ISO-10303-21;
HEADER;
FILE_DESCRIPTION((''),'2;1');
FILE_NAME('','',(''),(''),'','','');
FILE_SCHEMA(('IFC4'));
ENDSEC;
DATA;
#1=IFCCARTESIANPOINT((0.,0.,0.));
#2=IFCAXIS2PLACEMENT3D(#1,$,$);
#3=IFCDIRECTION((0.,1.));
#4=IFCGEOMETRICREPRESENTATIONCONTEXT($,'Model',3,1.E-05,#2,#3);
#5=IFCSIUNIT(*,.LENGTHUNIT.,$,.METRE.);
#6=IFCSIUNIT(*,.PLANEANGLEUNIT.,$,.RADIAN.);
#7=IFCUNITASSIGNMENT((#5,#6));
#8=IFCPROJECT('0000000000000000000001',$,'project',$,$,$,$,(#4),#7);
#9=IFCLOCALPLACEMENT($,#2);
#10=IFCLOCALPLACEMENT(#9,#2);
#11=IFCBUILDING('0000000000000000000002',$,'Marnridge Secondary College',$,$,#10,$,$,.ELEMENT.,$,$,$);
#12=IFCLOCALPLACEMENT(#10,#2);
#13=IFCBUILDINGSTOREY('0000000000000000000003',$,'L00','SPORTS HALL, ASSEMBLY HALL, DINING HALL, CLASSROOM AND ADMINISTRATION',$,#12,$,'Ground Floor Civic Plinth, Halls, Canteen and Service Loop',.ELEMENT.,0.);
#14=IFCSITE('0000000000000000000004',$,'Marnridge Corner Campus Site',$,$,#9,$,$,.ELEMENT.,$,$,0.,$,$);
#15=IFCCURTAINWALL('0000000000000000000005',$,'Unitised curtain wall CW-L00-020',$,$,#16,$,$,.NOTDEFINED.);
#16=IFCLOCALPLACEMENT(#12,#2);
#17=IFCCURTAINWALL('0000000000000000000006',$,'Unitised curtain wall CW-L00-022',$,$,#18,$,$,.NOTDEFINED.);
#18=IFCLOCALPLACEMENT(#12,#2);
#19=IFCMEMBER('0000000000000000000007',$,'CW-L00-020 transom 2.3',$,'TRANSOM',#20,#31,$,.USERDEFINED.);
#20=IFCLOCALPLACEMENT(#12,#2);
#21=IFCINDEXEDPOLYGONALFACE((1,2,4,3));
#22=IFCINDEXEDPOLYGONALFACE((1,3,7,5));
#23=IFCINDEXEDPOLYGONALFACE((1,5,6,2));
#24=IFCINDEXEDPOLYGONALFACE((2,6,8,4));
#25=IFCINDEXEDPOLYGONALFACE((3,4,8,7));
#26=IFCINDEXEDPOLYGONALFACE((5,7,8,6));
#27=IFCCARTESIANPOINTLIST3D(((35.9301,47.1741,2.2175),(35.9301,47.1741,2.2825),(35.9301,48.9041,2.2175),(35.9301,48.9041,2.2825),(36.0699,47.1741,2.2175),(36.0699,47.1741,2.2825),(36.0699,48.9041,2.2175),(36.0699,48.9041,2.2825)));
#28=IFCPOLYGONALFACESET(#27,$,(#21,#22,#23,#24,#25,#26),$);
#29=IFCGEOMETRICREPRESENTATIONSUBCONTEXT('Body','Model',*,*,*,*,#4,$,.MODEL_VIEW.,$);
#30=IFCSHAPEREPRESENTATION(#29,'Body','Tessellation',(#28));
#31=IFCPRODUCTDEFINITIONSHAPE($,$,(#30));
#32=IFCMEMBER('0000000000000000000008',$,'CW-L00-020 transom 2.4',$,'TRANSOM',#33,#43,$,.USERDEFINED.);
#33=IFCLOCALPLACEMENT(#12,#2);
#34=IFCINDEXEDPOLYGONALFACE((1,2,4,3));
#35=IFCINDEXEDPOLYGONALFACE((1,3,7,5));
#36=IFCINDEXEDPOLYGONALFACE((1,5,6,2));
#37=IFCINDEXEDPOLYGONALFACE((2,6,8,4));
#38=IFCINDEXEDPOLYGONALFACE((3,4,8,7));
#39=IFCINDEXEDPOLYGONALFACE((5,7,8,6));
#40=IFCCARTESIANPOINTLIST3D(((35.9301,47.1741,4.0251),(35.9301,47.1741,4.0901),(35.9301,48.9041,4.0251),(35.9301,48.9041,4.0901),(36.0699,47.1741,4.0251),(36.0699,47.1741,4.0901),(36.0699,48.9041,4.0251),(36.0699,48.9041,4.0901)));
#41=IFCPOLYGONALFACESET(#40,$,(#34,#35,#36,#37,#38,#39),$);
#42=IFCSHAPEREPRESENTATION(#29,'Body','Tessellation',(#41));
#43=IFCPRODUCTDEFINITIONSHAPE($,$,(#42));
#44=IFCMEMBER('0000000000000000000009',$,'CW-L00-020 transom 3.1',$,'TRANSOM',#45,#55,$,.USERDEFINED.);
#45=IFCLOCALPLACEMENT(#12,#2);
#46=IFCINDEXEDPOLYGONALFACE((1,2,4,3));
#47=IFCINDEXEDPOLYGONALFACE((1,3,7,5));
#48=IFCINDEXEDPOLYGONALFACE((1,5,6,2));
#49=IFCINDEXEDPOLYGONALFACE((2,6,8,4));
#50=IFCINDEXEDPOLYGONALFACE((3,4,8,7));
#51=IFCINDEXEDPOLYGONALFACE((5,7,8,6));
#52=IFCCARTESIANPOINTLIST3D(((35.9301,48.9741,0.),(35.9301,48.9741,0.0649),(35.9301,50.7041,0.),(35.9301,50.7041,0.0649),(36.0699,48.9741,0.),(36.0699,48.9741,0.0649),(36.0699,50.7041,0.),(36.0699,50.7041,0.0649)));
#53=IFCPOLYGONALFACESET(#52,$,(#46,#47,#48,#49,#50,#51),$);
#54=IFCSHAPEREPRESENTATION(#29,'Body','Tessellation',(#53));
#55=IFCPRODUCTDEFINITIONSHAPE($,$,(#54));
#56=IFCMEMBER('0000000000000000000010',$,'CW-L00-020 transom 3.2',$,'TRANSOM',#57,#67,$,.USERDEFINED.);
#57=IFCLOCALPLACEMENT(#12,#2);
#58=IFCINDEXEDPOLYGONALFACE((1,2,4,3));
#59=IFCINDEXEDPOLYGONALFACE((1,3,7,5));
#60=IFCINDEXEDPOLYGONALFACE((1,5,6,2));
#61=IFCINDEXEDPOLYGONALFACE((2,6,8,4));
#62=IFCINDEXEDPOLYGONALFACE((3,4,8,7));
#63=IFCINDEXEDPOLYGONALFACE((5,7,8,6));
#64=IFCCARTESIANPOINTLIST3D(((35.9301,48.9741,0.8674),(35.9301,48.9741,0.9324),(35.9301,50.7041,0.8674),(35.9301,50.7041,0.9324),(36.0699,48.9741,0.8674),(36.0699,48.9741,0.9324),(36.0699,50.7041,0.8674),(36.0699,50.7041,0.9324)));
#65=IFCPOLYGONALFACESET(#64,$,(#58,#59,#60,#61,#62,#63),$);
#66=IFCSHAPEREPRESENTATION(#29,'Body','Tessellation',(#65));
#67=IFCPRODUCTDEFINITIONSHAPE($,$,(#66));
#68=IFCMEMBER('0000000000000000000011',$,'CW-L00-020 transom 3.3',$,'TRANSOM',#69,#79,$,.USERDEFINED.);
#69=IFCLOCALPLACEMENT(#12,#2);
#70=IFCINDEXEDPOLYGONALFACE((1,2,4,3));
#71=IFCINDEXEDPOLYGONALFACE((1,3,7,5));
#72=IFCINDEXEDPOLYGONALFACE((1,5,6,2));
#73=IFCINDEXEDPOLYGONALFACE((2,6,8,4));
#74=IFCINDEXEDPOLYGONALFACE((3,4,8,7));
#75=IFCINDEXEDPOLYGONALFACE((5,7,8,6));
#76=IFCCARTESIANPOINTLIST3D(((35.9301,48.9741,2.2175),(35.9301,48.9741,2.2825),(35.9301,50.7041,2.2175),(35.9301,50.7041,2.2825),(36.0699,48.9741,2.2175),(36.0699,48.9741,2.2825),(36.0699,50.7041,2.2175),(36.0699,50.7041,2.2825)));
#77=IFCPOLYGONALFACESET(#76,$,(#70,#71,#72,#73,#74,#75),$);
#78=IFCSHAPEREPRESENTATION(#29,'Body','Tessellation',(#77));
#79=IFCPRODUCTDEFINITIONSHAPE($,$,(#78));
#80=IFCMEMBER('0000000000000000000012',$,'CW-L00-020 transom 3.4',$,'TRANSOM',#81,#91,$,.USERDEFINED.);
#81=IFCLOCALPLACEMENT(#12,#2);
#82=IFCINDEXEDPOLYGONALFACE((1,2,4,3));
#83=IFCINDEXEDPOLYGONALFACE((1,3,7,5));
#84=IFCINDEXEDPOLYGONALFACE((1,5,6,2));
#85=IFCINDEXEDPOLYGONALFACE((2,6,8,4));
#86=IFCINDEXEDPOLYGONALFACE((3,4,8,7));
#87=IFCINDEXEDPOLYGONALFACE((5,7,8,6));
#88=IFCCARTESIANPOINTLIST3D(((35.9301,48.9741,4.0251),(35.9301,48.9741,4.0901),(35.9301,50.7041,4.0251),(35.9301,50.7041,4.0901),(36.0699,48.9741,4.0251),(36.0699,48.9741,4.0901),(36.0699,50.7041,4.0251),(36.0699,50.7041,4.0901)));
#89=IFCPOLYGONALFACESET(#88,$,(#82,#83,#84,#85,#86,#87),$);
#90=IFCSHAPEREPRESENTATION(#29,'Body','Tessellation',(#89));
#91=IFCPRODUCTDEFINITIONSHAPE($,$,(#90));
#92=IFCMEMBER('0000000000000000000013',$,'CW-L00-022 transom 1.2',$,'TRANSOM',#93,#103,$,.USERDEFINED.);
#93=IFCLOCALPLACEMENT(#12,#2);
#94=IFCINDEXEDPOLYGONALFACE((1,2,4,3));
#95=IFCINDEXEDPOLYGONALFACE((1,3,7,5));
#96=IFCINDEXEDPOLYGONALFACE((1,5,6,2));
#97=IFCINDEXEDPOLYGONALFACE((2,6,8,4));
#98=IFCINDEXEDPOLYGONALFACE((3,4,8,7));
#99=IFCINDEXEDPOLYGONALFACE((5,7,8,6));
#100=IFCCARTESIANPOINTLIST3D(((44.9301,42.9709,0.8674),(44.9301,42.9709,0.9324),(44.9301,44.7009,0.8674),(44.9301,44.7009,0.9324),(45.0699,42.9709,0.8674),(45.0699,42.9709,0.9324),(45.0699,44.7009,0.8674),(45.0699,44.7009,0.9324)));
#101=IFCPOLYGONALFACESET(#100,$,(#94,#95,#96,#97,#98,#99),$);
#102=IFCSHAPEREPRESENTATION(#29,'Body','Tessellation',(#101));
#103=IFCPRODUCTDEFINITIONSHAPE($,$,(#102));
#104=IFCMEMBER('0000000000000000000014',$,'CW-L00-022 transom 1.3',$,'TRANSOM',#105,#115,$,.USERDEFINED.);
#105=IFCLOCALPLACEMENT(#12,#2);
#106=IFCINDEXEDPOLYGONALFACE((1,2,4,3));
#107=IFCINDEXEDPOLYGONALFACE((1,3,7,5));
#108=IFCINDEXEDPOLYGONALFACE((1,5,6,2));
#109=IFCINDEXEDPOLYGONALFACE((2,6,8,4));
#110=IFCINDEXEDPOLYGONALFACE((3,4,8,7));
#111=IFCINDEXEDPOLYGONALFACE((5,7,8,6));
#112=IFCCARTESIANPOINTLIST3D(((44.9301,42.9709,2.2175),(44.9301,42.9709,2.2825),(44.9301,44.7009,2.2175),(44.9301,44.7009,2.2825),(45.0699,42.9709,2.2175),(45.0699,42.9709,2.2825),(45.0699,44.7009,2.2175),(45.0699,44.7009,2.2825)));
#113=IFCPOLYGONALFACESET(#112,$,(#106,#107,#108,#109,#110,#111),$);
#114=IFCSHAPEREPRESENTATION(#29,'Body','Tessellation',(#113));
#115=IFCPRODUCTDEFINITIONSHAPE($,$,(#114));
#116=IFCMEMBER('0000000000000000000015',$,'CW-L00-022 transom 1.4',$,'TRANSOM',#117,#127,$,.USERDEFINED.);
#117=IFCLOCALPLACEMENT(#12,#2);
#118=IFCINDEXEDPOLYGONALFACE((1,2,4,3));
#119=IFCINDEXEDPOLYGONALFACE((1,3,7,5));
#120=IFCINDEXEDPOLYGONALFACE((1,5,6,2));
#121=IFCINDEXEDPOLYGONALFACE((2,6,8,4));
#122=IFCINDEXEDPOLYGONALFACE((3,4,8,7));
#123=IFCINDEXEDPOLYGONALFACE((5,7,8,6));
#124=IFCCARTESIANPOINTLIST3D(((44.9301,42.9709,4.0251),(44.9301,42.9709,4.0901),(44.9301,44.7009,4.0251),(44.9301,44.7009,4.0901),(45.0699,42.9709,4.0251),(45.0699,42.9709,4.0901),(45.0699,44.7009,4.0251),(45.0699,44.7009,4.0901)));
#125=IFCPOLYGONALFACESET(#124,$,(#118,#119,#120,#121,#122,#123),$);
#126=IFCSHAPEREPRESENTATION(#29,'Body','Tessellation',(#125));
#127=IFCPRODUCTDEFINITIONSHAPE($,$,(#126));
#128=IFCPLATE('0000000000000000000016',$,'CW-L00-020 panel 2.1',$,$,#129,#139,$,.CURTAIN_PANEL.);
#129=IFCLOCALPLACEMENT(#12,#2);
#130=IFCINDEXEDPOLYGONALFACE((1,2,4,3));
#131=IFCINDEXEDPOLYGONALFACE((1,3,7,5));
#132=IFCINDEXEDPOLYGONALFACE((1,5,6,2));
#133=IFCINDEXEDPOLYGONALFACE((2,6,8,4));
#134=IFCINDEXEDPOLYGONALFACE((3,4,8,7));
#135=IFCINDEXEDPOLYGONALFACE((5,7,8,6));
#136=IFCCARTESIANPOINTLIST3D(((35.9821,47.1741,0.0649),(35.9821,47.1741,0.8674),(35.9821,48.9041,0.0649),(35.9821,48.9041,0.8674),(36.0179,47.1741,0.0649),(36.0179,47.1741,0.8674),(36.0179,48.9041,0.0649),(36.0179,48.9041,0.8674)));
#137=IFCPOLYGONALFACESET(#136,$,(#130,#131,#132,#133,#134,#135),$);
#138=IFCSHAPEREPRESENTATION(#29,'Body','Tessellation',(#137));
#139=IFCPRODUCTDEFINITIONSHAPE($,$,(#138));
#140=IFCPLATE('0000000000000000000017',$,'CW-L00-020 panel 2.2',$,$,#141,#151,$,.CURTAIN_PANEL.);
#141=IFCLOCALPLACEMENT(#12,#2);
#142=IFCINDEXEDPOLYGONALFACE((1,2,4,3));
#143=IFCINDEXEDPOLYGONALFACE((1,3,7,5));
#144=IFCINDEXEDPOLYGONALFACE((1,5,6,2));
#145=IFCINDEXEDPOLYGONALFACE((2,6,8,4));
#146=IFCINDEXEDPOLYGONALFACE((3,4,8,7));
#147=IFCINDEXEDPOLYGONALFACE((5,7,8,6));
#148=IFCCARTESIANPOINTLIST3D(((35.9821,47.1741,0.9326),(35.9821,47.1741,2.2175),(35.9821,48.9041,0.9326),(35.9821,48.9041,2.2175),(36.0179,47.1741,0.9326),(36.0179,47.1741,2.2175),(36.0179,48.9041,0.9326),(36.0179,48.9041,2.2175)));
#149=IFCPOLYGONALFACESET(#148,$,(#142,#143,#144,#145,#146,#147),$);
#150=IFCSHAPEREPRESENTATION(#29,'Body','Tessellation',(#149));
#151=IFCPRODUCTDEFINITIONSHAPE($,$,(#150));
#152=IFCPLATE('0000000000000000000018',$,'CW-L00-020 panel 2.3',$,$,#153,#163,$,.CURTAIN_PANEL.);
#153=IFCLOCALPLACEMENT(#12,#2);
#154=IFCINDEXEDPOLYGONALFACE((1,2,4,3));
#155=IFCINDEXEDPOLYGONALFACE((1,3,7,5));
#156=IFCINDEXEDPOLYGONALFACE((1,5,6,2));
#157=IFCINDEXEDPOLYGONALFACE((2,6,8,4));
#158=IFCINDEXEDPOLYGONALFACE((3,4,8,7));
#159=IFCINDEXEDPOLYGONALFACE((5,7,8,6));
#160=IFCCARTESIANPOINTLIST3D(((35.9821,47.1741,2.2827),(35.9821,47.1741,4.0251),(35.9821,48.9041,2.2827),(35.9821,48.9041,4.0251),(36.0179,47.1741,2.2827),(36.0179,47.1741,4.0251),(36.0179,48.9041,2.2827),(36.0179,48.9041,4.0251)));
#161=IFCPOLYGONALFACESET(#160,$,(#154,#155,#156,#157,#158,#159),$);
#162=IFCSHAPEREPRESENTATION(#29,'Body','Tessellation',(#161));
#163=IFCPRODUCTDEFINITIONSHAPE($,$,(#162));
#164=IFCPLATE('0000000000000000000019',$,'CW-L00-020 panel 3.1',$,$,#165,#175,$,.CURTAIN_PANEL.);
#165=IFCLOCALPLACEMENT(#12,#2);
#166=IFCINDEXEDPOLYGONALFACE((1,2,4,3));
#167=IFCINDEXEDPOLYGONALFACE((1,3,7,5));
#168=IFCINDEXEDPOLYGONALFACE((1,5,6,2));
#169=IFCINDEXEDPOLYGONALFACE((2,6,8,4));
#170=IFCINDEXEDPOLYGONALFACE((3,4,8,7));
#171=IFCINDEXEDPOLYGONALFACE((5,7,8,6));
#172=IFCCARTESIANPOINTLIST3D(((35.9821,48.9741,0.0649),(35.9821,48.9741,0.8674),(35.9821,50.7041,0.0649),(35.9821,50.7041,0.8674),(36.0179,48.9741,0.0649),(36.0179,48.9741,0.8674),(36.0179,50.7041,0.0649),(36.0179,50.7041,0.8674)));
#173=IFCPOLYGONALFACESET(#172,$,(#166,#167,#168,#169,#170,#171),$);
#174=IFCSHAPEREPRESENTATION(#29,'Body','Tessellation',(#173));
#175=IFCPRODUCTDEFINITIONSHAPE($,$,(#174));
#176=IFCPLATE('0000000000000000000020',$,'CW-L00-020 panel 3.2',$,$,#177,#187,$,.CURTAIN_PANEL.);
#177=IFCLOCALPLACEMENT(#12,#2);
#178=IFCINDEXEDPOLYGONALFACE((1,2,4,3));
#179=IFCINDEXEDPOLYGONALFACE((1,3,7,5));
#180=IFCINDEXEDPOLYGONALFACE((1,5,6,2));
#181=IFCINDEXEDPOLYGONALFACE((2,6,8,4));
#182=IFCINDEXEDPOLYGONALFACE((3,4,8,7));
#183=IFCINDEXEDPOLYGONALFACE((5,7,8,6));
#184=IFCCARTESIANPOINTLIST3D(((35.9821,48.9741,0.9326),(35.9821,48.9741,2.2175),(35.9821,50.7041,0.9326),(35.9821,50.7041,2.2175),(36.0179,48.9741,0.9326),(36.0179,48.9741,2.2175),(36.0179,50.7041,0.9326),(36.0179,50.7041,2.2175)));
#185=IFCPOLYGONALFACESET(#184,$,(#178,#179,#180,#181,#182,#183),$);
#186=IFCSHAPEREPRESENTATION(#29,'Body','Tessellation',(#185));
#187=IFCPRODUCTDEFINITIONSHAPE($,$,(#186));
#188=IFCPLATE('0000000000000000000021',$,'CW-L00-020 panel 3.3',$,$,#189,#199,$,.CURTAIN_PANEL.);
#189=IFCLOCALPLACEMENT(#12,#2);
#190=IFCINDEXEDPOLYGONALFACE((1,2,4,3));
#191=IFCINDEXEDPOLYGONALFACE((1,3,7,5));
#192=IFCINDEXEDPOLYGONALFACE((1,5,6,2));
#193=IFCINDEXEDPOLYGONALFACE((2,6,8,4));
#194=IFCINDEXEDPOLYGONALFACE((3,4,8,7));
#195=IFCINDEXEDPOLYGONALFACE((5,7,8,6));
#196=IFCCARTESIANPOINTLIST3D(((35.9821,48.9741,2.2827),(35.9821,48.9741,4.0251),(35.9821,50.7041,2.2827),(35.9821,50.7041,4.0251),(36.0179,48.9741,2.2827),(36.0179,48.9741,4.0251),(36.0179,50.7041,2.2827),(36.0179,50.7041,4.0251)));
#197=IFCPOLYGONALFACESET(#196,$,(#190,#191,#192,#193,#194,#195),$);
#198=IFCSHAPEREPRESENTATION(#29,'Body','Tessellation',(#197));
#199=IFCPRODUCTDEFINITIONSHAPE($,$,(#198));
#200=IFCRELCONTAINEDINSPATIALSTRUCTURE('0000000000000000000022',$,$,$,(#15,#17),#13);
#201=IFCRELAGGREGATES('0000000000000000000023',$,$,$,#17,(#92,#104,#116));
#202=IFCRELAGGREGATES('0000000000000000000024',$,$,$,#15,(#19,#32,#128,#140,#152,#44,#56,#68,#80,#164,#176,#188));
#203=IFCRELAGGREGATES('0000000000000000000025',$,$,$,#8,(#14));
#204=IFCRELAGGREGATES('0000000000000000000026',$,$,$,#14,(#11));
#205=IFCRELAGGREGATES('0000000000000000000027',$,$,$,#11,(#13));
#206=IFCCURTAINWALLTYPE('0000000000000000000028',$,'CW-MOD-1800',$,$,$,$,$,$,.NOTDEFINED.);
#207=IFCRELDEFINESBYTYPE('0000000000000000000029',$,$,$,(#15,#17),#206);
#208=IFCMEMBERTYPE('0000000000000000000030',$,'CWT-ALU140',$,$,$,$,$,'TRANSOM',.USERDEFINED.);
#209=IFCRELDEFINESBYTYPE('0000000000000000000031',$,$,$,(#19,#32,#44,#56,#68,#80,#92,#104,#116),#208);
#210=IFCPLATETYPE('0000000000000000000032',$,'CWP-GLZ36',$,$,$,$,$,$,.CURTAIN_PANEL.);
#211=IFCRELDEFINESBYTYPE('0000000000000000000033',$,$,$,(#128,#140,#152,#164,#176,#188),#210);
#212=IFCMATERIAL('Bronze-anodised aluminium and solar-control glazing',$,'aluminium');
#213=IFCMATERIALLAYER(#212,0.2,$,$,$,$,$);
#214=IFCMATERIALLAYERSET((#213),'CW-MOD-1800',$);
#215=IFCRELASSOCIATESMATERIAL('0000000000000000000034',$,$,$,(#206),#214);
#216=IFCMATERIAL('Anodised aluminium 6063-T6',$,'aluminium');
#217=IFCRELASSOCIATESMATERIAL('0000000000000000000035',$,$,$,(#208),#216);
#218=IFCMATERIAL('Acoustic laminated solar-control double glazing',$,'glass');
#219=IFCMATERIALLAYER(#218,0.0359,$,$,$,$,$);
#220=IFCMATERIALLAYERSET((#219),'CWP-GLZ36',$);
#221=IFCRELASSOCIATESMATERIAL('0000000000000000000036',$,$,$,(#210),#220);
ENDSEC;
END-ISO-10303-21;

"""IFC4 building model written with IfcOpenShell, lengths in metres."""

from ifc_helpers import new_model, si_unit, direction, frame, origin, origin_2d, place, context, subcontext, project, spatial, rectangle, extrude, material, layer, layer_set, material_profile, profile_set, type_object, element, aggregate, save


model = new_model("IFC4")

# Units and contexts
model_context = context("Model", 3, precision=1e-05, world=origin(), true_north=direction((0.0, 1.0)))
body_context = subcontext(model_context, "Body", "Model", "MODEL_VIEW")
ifc_project = project(units=[si_unit("LENGTHUNIT", "METRE"), si_unit("PLANEANGLEUNIT", "RADIAN")], contexts=[model_context])

# Site, building, storey
site_placement = place(None, origin())
site = spatial("IfcSite", under=ifc_project, at=site_placement, Name="Marnridge Corner Campus Site", CompositionType="ELEMENT", RefElevation=0.0)
building_placement = place(site_placement, origin())
building = spatial("IfcBuilding", under=site, at=building_placement, Name="Marnridge Secondary College", CompositionType="ELEMENT")
storey_placement = place(building_placement, origin())
storey = spatial("IfcBuildingStorey", under=building, at=storey_placement, Name="L00", Description="SPORTS HALL, ASSEMBLY HALL, DINING HALL, CLASSROOM AND ADMINISTRATION", LongName="Ground Floor Civic Plinth, Halls, Canteen and Service Loop", CompositionType="ELEMENT", Elevation=0.0)

# Curtain walls
ifc_material_1 = material(Name="Bronze-anodised aluminium and solar-control glazing", Category="aluminium")
ifc_layer_1 = layer(ifc_material_1, 0.2)
ifc_layer_set_1 = layer_set([ifc_layer_1], Name="CW-MOD-1800")
curtain_wall_type = type_object("IfcCurtainWallType", Name="CW-MOD-1800", PredefinedType="NOTDEFINED", material=ifc_layer_set_1)
curtain_wall_1_placement = place(storey_placement, origin())
curtain_wall_1 = element("IfcCurtainWall", 1, at=curtain_wall_1_placement, inside=storey, type_object=curtain_wall_type, Name="Unitised curtain wall CW-L00-020", PredefinedType="NOTDEFINED")
curtain_wall_2_placement = place(storey_placement, origin())
curtain_wall_2 = element("IfcCurtainWall", 2, at=curtain_wall_2_placement, inside=storey, type_object=curtain_wall_type, Name="Unitised curtain wall CW-L00-022", PredefinedType="NOTDEFINED")

# Members
ifc_material_2 = material(Name="Anodised aluminium 6063-T6", Category="aluminium")
ifc_material_profile_1 = material_profile(ifc_material_2, rectangle(XDim=0.0649, YDim=0.1399, at=origin_2d()), Name="ALU 65x140")
ifc_profile_set_1 = profile_set([ifc_material_profile_1], Name="Anodised aluminium 6063-T6")
member_type_1 = type_object("IfcMemberType", Name="CWT-ALU140", ElementType="TRANSOM", PredefinedType="USERDEFINED", material=ifc_profile_set_1)
member_1_placement = place(storey_placement, frame((36.0, 47.1741, 2.25), z_axis=(0.0, 1.0, 0.0), x_axis=(0.0, 0.0, 1.0)))
member_1 = element("IfcMember", 3, at=member_1_placement, type_object=member_type_1, Name="CW-L00-020 transom 2.3", ObjectType="TRANSOM", PredefinedType="USERDEFINED", context=body_context, shape_type="SweptSolid", body=[
    extrude(rectangle(XDim=0.0649, YDim=0.1399, at=origin_2d()), origin(), (0.0, 0.0, 1.0), 1.73),
])
member_2_placement = place(storey_placement, frame((36.0, 47.1741, 4.0576), z_axis=(0.0, 1.0, 0.0), x_axis=(0.0, 0.0, 1.0)))
member_2 = element("IfcMember", 4, at=member_2_placement, type_object=member_type_1, Name="CW-L00-020 transom 2.4", ObjectType="TRANSOM", PredefinedType="USERDEFINED", context=body_context, shape_type="SweptSolid", body=[
    extrude(rectangle(XDim=0.0649, YDim=0.1399, at=origin_2d()), origin(), (0.0, 0.0, 1.0), 1.73),
])
member_3_placement = place(storey_placement, frame((36.0, 48.9741, 0.0325), z_axis=(0.0, 1.0, 0.0), x_axis=(0.0, 0.0, 1.0)))
member_3 = element("IfcMember", 5, at=member_3_placement, type_object=member_type_1, Name="CW-L00-020 transom 3.1", ObjectType="TRANSOM", PredefinedType="USERDEFINED", context=body_context, shape_type="SweptSolid", body=[
    extrude(rectangle(XDim=0.0649, YDim=0.1399, at=origin_2d()), origin(), (0.0, 0.0, 1.0), 1.73),
])
member_4_placement = place(storey_placement, frame((36.0, 48.9741, 0.8999), z_axis=(0.0, 1.0, 0.0), x_axis=(0.0, 0.0, 1.0)))
member_4 = element("IfcMember", 6, at=member_4_placement, type_object=member_type_1, Name="CW-L00-020 transom 3.2", ObjectType="TRANSOM", PredefinedType="USERDEFINED", context=body_context, shape_type="SweptSolid", body=[
    extrude(rectangle(XDim=0.0649, YDim=0.1399, at=origin_2d()), origin(), (0.0, 0.0, 1.0), 1.73),
])
member_5_placement = place(storey_placement, frame((36.0, 48.9741, 2.25), z_axis=(0.0, 1.0, 0.0), x_axis=(0.0, 0.0, 1.0)))
member_5 = element("IfcMember", 7, at=member_5_placement, type_object=member_type_1, Name="CW-L00-020 transom 3.3", ObjectType="TRANSOM", PredefinedType="USERDEFINED", context=body_context, shape_type="SweptSolid", body=[
    extrude(rectangle(XDim=0.0649, YDim=0.1399, at=origin_2d()), origin(), (0.0, 0.0, 1.0), 1.73),
])
member_6_placement = place(storey_placement, frame((36.0, 48.9741, 4.0576), z_axis=(0.0, 1.0, 0.0), x_axis=(0.0, 0.0, 1.0)))
member_6 = element("IfcMember", 8, at=member_6_placement, type_object=member_type_1, Name="CW-L00-020 transom 3.4", ObjectType="TRANSOM", PredefinedType="USERDEFINED", context=body_context, shape_type="SweptSolid", body=[
    extrude(rectangle(XDim=0.0649, YDim=0.1399, at=origin_2d()), origin(), (0.0, 0.0, 1.0), 1.73),
])
member_7_placement = place(storey_placement, frame((45.0, 44.7009, 0.8999), z_axis=(0.0, -1.0, 0.0), x_axis=(0.0, 0.0, 1.0)))
member_7 = element("IfcMember", 9, at=member_7_placement, type_object=member_type_1, Name="CW-L00-022 transom 1.2", ObjectType="TRANSOM", PredefinedType="USERDEFINED", context=body_context, shape_type="SweptSolid", body=[
    extrude(rectangle(XDim=0.0649, YDim=0.1399, at=origin_2d()), origin(), (0.0, 0.0, 1.0), 1.73),
])
member_8_placement = place(storey_placement, frame((45.0, 44.7009, 2.25), z_axis=(0.0, -1.0, 0.0), x_axis=(0.0, 0.0, 1.0)))
member_8 = element("IfcMember", 10, at=member_8_placement, type_object=member_type_1, Name="CW-L00-022 transom 1.3", ObjectType="TRANSOM", PredefinedType="USERDEFINED", context=body_context, shape_type="SweptSolid", body=[
    extrude(rectangle(XDim=0.0649, YDim=0.1399, at=origin_2d()), origin(), (0.0, 0.0, 1.0), 1.73),
])
member_9_placement = place(storey_placement, frame((45.0, 44.7009, 4.0576), z_axis=(0.0, -1.0, 0.0), x_axis=(0.0, 0.0, 1.0)))
member_9 = element("IfcMember", 11, at=member_9_placement, type_object=member_type_1, Name="CW-L00-022 transom 1.4", ObjectType="TRANSOM", PredefinedType="USERDEFINED", context=body_context, shape_type="SweptSolid", body=[
    extrude(rectangle(XDim=0.0649, YDim=0.1399, at=origin_2d()), origin(), (0.0, 0.0, 1.0), 1.73),
])
aggregate(curtain_wall_2, [member_7, member_8, member_9])

# Plates
ifc_material_3 = material(Name="Acoustic laminated solar-control double glazing", Category="glass")
ifc_layer_2 = layer(ifc_material_3, 0.0359)
ifc_layer_set_2 = layer_set([ifc_layer_2], Name="CWP-GLZ36")
plate_type = type_object("IfcPlateType", Name="CWP-GLZ36", PredefinedType="CURTAIN_PANEL", material=ifc_layer_set_2)
plate_1_placement = place(storey_placement, frame((36.0, 48.0391, 0.0649), z_axis=(0.0, 0.0, 1.0), x_axis=(0.0, 1.0, 0.0)))
plate_1 = element("IfcPlate", 12, at=plate_1_placement, type_object=plate_type, Name="CW-L00-020 panel 2.1", PredefinedType="CURTAIN_PANEL", context=body_context, shape_type="SweptSolid", body=[
    extrude(rectangle(XDim=1.73, YDim=0.0359, at=origin_2d()), origin(), (0.0, 0.0, 1.0), 0.8025),
])
plate_2_placement = place(storey_placement, frame((36.0, 48.0391, 0.9326), z_axis=(0.0, 0.0, 1.0), x_axis=(0.0, 1.0, 0.0)))
plate_2 = element("IfcPlate", 13, at=plate_2_placement, type_object=plate_type, Name="CW-L00-020 panel 2.2", PredefinedType="CURTAIN_PANEL", context=body_context, shape_type="SweptSolid", body=[
    extrude(rectangle(XDim=1.73, YDim=0.0359, at=origin_2d()), origin(), (0.0, 0.0, 1.0), 1.2849),
])
plate_3_placement = place(storey_placement, frame((36.0, 48.0391, 2.2827), z_axis=(0.0, 0.0, 1.0), x_axis=(0.0, 1.0, 0.0)))
plate_3 = element("IfcPlate", 14, at=plate_3_placement, type_object=plate_type, Name="CW-L00-020 panel 2.3", PredefinedType="CURTAIN_PANEL", context=body_context, shape_type="SweptSolid", body=[
    extrude(rectangle(XDim=1.73, YDim=0.0359, at=origin_2d()), origin(), (0.0, 0.0, 1.0), 1.7424),
])
plate_4_placement = place(storey_placement, frame((36.0, 49.8391, 0.0649), z_axis=(0.0, 0.0, 1.0), x_axis=(0.0, 1.0, 0.0)))
plate_4 = element("IfcPlate", 15, at=plate_4_placement, type_object=plate_type, Name="CW-L00-020 panel 3.1", PredefinedType="CURTAIN_PANEL", context=body_context, shape_type="SweptSolid", body=[
    extrude(rectangle(XDim=1.73, YDim=0.0359, at=origin_2d()), origin(), (0.0, 0.0, 1.0), 0.8025),
])
plate_5_placement = place(storey_placement, frame((36.0, 49.8391, 0.9326), z_axis=(0.0, 0.0, 1.0), x_axis=(0.0, 1.0, 0.0)))
plate_5 = element("IfcPlate", 16, at=plate_5_placement, type_object=plate_type, Name="CW-L00-020 panel 3.2", PredefinedType="CURTAIN_PANEL", context=body_context, shape_type="SweptSolid", body=[
    extrude(rectangle(XDim=1.73, YDim=0.0359, at=origin_2d()), origin(), (0.0, 0.0, 1.0), 1.2849),
])
plate_6_placement = place(storey_placement, frame((36.0, 49.8391, 2.2827), z_axis=(0.0, 0.0, 1.0), x_axis=(0.0, 1.0, 0.0)))
plate_6 = element("IfcPlate", 17, at=plate_6_placement, type_object=plate_type, Name="CW-L00-020 panel 3.3", PredefinedType="CURTAIN_PANEL", context=body_context, shape_type="SweptSolid", body=[
    extrude(rectangle(XDim=1.73, YDim=0.0359, at=origin_2d()), origin(), (0.0, 0.0, 1.0), 1.7424),
])
aggregate(curtain_wall_1, [member_1, member_2, plate_1, plate_2, plate_3, member_3, member_4, member_5, member_6, plate_4, plate_5, plate_6])

save(model, "model.ifc")
